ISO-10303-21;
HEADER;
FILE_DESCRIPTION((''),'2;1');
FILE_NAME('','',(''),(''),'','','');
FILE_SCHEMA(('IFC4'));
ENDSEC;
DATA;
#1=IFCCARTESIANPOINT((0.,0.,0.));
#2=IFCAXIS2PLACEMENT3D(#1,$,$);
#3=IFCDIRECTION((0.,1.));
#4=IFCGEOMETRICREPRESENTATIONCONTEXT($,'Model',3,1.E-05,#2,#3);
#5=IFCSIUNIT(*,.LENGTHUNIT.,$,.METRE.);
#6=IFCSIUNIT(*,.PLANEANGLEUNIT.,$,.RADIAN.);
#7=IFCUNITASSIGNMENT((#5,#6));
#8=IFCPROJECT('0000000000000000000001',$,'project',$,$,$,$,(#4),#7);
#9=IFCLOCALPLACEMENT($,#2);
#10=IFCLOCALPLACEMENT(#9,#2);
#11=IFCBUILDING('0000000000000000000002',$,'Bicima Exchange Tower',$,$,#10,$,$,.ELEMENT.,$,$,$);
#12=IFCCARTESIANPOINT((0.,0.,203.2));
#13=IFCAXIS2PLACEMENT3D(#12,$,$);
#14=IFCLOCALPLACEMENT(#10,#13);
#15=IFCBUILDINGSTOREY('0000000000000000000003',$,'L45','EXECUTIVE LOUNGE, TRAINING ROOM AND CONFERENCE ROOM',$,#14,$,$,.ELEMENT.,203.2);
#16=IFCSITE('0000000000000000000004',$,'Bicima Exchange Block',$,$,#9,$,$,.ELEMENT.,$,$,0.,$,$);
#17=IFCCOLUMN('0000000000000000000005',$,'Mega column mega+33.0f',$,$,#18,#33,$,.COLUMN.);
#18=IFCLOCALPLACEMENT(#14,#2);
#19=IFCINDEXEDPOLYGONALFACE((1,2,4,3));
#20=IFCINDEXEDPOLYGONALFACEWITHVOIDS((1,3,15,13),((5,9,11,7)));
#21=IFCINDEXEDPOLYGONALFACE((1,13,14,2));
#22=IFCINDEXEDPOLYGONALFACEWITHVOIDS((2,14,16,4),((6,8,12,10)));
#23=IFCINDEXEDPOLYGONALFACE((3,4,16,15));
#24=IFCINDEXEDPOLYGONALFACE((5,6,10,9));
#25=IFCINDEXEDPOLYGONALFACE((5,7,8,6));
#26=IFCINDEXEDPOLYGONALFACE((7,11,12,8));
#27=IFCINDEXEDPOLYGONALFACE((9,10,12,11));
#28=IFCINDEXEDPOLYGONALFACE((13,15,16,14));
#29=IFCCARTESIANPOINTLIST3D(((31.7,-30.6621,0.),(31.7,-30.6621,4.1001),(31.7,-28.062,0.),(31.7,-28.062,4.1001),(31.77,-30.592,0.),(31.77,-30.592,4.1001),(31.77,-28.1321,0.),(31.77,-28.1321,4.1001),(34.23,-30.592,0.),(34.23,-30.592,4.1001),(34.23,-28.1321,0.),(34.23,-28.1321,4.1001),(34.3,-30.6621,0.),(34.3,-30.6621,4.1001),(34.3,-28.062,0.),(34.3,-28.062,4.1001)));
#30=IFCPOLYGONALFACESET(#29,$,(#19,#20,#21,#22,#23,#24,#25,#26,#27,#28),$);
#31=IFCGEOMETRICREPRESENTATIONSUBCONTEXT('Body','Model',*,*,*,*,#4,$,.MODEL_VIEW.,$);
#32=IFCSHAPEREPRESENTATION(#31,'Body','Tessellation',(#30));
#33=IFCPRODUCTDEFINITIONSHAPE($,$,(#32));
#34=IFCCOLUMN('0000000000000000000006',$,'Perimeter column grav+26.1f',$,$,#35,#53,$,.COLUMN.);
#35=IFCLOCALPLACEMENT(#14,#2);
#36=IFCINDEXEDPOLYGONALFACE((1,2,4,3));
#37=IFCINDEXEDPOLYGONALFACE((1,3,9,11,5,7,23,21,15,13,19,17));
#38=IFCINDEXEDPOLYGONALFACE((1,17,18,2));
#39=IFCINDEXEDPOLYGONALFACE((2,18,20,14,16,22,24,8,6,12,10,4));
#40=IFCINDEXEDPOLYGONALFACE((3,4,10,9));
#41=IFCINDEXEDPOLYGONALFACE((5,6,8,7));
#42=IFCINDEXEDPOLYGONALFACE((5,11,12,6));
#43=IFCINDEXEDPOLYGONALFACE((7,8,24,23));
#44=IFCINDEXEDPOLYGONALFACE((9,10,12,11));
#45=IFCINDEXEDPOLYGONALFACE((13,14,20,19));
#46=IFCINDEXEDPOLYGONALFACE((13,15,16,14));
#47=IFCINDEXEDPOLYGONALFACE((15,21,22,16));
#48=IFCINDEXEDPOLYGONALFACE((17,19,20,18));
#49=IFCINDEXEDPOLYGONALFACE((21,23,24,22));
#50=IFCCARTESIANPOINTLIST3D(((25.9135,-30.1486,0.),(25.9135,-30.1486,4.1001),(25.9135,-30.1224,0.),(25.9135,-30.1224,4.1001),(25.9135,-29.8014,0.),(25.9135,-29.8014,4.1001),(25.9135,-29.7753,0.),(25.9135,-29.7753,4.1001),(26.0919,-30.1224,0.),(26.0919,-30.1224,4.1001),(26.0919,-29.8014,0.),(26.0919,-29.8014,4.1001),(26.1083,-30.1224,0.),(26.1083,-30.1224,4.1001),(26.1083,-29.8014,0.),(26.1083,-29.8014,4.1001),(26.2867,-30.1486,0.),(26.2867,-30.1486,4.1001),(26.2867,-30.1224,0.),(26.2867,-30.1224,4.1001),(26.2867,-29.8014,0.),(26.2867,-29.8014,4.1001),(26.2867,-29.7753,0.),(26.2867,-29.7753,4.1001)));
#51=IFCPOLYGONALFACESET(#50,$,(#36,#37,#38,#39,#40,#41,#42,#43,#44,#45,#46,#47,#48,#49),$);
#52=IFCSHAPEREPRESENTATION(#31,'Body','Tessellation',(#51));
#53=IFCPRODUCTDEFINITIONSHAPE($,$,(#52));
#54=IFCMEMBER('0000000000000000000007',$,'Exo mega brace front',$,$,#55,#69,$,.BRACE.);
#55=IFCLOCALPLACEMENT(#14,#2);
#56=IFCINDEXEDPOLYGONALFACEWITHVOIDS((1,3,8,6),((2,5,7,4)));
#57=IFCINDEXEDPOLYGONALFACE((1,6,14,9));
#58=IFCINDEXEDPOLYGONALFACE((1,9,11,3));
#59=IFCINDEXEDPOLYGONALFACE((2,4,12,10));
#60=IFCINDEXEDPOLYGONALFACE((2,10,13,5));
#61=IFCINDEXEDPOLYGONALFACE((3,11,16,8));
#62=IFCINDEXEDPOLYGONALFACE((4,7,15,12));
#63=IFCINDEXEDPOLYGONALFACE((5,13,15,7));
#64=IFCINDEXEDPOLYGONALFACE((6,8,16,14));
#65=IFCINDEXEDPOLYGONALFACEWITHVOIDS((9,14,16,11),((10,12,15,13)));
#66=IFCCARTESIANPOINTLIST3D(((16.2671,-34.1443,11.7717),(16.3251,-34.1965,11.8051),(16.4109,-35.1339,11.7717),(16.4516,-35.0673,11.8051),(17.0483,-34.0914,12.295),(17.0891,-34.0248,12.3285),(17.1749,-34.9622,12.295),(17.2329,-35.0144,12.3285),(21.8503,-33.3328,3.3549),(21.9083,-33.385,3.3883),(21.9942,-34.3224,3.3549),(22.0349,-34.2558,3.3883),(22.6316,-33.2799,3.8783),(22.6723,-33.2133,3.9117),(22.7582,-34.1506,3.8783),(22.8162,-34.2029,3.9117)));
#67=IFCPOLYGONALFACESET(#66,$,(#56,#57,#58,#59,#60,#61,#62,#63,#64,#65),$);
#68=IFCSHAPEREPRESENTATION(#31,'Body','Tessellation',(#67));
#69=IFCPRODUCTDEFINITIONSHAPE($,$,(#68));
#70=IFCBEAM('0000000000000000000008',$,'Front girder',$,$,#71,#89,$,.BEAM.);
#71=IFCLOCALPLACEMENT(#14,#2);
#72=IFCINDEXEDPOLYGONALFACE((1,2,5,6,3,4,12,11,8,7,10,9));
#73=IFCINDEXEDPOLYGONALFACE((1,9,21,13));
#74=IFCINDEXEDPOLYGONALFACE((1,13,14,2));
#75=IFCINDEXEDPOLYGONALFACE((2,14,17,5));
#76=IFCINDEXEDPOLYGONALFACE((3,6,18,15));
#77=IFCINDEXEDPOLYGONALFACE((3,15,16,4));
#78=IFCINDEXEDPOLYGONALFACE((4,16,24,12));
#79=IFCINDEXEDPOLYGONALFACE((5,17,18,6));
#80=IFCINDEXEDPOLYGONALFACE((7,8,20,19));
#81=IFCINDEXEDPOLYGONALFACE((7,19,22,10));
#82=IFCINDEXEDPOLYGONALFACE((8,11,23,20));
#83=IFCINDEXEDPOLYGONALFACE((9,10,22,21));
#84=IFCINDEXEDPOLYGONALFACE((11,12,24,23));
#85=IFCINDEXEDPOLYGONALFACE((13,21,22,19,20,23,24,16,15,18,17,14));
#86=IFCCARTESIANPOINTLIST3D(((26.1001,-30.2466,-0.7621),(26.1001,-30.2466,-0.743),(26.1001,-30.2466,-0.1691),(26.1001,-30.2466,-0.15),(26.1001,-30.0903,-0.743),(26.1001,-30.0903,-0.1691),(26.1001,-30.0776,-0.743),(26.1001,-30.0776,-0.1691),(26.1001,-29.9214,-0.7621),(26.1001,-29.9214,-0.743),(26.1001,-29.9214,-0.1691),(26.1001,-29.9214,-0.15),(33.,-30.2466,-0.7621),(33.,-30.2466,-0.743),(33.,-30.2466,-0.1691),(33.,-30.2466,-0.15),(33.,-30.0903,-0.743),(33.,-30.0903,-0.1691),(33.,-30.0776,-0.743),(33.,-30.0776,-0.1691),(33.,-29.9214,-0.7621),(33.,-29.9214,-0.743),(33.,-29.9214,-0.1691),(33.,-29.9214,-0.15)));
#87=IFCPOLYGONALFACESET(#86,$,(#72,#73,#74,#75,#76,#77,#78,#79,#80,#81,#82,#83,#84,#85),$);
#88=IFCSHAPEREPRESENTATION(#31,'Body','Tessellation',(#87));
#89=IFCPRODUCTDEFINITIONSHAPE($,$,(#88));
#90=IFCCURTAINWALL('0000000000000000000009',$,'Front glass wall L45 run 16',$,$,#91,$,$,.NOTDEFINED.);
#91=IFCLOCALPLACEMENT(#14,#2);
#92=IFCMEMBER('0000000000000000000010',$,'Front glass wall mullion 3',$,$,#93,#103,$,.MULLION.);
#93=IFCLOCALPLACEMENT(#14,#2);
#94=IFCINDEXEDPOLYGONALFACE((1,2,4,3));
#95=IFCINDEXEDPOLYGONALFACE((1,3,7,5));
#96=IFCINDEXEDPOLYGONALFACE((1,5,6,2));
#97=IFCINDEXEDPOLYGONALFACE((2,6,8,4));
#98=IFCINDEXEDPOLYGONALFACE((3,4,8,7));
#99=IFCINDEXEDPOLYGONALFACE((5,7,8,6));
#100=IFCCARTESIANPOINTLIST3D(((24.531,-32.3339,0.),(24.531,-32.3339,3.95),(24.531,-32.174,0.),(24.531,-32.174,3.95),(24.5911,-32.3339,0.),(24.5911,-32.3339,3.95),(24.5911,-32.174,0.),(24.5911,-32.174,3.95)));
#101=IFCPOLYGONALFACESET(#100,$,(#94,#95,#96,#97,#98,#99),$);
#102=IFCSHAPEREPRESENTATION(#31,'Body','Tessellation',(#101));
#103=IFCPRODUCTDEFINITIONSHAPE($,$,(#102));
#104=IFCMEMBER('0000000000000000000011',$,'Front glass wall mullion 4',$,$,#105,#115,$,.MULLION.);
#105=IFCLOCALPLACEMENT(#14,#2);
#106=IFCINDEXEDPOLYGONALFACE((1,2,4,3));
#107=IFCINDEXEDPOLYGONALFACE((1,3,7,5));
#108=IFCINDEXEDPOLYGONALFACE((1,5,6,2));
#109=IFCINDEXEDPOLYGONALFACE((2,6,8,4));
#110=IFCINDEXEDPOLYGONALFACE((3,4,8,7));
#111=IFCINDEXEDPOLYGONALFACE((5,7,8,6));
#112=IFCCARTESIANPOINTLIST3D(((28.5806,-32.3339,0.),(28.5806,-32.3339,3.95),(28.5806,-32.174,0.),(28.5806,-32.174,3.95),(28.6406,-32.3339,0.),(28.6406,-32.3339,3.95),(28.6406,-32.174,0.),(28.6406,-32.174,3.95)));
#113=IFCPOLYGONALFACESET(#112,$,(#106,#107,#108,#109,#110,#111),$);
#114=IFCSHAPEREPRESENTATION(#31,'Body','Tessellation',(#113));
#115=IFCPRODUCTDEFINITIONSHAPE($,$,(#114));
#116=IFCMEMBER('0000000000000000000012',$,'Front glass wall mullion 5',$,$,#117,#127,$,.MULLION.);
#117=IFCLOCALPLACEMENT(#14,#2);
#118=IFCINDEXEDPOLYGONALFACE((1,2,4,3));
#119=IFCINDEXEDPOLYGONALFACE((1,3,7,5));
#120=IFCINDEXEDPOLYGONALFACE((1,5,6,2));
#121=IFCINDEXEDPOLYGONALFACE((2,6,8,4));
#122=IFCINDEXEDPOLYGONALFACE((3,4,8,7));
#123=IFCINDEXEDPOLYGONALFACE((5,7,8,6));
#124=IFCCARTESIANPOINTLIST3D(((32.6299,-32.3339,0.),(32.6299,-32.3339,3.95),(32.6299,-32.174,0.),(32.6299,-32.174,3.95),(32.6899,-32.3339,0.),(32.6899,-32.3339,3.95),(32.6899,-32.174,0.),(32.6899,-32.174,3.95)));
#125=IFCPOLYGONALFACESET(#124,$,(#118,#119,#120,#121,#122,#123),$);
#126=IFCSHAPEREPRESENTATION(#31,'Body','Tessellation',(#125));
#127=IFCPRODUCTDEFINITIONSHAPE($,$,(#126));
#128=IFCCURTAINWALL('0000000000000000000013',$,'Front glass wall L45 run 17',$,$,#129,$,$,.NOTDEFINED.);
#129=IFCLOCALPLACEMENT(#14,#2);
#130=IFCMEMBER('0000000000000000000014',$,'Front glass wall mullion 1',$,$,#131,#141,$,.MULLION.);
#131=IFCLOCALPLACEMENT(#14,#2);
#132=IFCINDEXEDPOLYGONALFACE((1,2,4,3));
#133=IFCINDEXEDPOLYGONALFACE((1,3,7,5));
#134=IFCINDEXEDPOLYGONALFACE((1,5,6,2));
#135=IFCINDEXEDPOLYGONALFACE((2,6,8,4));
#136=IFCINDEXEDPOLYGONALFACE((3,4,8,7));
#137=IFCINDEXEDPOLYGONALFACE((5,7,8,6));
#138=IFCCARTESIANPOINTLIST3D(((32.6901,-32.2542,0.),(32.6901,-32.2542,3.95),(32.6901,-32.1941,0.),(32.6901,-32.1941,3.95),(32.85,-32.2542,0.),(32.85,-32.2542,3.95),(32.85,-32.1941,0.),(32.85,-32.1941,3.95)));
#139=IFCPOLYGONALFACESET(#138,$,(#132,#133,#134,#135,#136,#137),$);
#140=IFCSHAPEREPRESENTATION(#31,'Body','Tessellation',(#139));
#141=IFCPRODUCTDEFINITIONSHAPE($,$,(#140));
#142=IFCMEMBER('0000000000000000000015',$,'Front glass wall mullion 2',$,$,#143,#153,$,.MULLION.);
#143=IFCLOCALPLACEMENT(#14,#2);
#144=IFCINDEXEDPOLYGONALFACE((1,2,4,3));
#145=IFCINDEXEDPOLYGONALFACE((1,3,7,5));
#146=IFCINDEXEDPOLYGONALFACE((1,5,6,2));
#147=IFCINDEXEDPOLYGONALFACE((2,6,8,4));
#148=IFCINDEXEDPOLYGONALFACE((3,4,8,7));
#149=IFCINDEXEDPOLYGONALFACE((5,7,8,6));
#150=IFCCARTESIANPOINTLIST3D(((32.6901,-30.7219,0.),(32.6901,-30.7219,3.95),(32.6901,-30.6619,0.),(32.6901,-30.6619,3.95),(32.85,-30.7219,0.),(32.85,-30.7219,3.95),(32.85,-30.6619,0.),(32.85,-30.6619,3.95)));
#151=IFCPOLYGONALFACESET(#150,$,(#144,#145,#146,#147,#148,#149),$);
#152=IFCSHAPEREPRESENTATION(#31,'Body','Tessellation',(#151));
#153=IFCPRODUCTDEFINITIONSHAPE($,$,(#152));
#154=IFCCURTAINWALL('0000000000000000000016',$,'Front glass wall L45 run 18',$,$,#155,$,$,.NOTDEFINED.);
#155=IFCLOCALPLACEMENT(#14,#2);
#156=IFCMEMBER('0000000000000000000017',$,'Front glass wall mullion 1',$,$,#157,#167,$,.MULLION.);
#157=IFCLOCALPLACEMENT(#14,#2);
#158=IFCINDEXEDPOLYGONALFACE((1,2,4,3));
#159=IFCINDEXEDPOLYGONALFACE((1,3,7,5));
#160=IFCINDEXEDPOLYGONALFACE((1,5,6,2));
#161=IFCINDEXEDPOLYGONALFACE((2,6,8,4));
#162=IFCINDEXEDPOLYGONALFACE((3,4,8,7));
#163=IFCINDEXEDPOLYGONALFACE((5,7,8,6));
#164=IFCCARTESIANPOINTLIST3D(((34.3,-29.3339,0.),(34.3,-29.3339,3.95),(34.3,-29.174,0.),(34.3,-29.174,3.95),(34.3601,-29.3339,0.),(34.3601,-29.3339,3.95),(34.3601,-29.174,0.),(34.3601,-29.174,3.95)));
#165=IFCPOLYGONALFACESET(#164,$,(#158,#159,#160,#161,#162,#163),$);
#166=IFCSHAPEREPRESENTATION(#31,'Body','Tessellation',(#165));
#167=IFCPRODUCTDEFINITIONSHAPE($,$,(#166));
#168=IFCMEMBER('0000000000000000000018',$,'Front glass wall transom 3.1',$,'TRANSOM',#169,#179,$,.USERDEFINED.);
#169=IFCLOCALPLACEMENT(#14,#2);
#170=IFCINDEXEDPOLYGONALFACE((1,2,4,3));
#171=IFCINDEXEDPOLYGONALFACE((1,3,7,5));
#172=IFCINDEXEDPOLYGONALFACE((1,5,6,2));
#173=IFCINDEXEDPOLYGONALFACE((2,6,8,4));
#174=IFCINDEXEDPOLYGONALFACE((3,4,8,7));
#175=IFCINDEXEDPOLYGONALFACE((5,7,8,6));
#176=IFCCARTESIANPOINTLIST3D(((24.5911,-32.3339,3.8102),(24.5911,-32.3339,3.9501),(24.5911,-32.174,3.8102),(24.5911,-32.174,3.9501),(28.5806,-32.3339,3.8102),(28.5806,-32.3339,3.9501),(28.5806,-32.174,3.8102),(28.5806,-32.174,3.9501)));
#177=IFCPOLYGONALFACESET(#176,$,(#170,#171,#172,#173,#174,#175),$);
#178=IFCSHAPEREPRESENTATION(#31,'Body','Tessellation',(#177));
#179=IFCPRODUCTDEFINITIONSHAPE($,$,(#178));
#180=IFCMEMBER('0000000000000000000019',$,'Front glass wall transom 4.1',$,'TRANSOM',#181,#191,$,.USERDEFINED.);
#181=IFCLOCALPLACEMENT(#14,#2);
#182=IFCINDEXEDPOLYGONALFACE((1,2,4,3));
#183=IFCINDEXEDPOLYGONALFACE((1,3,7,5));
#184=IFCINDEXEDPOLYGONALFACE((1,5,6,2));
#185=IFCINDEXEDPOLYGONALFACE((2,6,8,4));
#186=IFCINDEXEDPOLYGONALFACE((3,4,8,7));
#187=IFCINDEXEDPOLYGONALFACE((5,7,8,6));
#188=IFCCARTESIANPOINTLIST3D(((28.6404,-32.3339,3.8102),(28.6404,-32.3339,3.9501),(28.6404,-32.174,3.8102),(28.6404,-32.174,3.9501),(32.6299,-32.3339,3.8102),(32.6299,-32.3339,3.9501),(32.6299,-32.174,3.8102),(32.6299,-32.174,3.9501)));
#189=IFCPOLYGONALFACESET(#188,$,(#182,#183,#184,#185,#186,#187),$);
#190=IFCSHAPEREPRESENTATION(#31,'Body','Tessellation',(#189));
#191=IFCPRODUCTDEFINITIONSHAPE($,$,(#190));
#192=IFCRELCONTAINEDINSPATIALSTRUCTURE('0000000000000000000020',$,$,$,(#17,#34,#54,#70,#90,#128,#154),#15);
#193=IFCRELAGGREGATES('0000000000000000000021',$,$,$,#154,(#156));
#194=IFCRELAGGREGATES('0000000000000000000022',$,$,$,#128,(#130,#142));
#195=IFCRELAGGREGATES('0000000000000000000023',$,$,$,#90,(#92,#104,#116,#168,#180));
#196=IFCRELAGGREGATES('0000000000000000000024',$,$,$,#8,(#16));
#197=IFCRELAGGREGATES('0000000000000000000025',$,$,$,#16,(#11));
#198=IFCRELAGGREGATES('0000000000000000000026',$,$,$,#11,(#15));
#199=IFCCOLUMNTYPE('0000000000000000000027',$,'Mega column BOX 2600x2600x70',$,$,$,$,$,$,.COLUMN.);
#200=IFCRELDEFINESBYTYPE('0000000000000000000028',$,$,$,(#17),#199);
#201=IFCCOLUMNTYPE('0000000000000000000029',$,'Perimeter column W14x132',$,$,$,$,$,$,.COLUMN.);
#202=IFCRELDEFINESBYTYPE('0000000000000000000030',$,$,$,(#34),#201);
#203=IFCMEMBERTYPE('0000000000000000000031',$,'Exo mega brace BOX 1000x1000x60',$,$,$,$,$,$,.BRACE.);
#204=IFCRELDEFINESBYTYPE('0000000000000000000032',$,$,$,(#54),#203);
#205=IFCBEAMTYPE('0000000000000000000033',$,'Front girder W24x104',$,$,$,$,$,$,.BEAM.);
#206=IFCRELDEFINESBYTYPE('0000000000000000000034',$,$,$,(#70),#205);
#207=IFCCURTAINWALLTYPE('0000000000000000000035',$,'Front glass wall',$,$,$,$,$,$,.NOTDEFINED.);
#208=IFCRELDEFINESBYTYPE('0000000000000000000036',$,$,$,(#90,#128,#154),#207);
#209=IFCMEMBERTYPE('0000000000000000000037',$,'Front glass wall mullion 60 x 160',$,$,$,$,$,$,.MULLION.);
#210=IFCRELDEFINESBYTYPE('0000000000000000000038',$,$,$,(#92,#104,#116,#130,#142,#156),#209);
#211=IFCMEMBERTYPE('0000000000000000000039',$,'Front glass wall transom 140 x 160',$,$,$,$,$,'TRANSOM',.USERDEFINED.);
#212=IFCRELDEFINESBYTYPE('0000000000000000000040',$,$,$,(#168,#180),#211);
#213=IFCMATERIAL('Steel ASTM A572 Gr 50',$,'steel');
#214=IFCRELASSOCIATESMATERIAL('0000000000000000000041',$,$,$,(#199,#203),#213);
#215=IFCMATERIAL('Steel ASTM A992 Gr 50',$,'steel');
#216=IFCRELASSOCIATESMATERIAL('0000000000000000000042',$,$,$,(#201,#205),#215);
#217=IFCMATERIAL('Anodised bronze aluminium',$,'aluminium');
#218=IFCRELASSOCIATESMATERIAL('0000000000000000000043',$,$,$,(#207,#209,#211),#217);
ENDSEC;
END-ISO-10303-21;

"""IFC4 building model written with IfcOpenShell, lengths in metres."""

from ifc_helpers import new_model, si_unit, direction, frame, origin, origin_2d, place, context, subcontext, project, spatial, rectangle, hollow_rectangle, i_section, extrude, material, material_profile, profile_set, type_object, element, aggregate, save


model = new_model("IFC4")

# Units and contexts
model_context = context("Model", 3, precision=1e-05, world=origin(), true_north=direction((0.0, 1.0)))
body_context = subcontext(model_context, "Body", "Model", "MODEL_VIEW")
ifc_project = project(units=[si_unit("LENGTHUNIT", "METRE"), si_unit("PLANEANGLEUNIT", "RADIAN")], contexts=[model_context])

# Site, building, storey
site_placement = place(None, origin())
site = spatial("IfcSite", under=ifc_project, at=site_placement, Name="Bicima Exchange Block", CompositionType="ELEMENT", RefElevation=0.0)
building_placement = place(site_placement, origin())
building = spatial("IfcBuilding", under=site, at=building_placement, Name="Bicima Exchange Tower", CompositionType="ELEMENT")
storey_placement = place(building_placement, frame((0.0, 0.0, 203.2)))
storey = spatial("IfcBuildingStorey", under=building, at=storey_placement, Name="L45", Description="EXECUTIVE LOUNGE, TRAINING ROOM AND CONFERENCE ROOM", CompositionType="ELEMENT", Elevation=203.2)

# Columns
ifc_material_1 = material(Name="Steel ASTM A572 Gr 50", Category="steel")
ifc_material_profile_1 = material_profile(ifc_material_1, hollow_rectangle(XDim=2.6001, YDim=2.6001, WallThickness=0.0701, at=origin_2d()))
ifc_profile_set_1 = profile_set([ifc_material_profile_1], Name="Steel ASTM A572 Gr 50")
column_type_1 = type_object("IfcColumnType", Name="Mega column BOX 2600x2600x70", PredefinedType="COLUMN", material=ifc_profile_set_1)
column_1_placement = place(storey_placement, frame((33.0, -29.3621, 0.0), z_axis=(0.0, 0.0, 1.0), x_axis=(1.0, 0.0, 0.0)))
element("IfcColumn", 1, at=column_1_placement, inside=storey, type_object=column_type_1, Name="Mega column mega+33.0f", PredefinedType="COLUMN", context=body_context, shape_type="SweptSolid", body=[
    extrude(hollow_rectangle(XDim=2.6001, YDim=2.6001, WallThickness=0.0701, at=origin_2d()), origin(), (0.0, 0.0, 1.0), 4.1001),
])
ifc_material_2 = material(Name="Steel ASTM A992 Gr 50", Category="steel")
ifc_material_profile_2 = material_profile(ifc_material_2, i_section(OverallWidth=0.3733, OverallDepth=0.3733, WebThickness=0.0164, FlangeThickness=0.0261, at=origin_2d()))
ifc_profile_set_2 = profile_set([ifc_material_profile_2], Name="Steel ASTM A992 Gr 50")
column_type_2 = type_object("IfcColumnType", Name="Perimeter column W14x132", PredefinedType="COLUMN", material=ifc_profile_set_2)
column_2_placement = place(storey_placement, frame((26.1001, -29.9619, 0.0), z_axis=(0.0, 0.0, 1.0), x_axis=(1.0, 0.0, 0.0)))
element("IfcColumn", 2, at=column_2_placement, inside=storey, type_object=column_type_2, Name="Perimeter column grav+26.1f", PredefinedType="COLUMN", context=body_context, shape_type="SweptSolid", body=[
    extrude(i_section(OverallWidth=0.3733, OverallDepth=0.3733, WebThickness=0.0164, FlangeThickness=0.0261, at=origin_2d()), origin(), (0.0, 0.0, 1.0), 4.1001),
])

# Member
ifc_material_profile_3 = material_profile(ifc_material_1, hollow_rectangle(XDim=1.0, YDim=1.0, WallThickness=0.0601, at=origin_2d()))
ifc_profile_set_3 = profile_set([ifc_material_profile_3], Name="Steel ASTM A572 Gr 50")
member_type_1 = type_object("IfcMemberType", Name="Exo mega brace BOX 1000x1000x60", PredefinedType="BRACE", material=ifc_profile_set_3)
member_1_placement = place(storey_placement, frame((22.3333, -33.7678, 3.6333), z_axis=(-0.55101, -0.080089, 0.830647), x_axis=(0.143838, -0.989601, 0.0)))
element("IfcMember", 3, at=member_1_placement, inside=storey, type_object=member_type_1, Name="Exo mega brace front", PredefinedType="BRACE", context=body_context, shape_type="SweptSolid", body=[
    extrude(hollow_rectangle(XDim=1.0, YDim=1.0, WallThickness=0.0601, at=origin_2d()), origin(), (0.0, 0.0, 1.0), 10.1328),
])

# Beam
ifc_material_profile_4 = material_profile(ifc_material_2, i_section(OverallWidth=0.3252, OverallDepth=0.6121, WebThickness=0.0127, FlangeThickness=0.019, at=origin_2d()))
ifc_profile_set_4 = profile_set([ifc_material_profile_4], Name="Steel ASTM A992 Gr 50")
beam_type = type_object("IfcBeamType", Name="Front girder W24x104", PredefinedType="BEAM", material=ifc_profile_set_4)
beam_placement = place(storey_placement, frame((26.1001, -30.084, -0.4561), z_axis=(1.0, 0.0, 0.0), x_axis=(0.0, 1.0, 0.0)))
element("IfcBeam", 4, at=beam_placement, inside=storey, type_object=beam_type, Name="Front girder", PredefinedType="BEAM", context=body_context, shape_type="SweptSolid", body=[
    extrude(i_section(OverallWidth=0.3252, OverallDepth=0.6121, WebThickness=0.0127, FlangeThickness=0.019, at=origin_2d()), origin(), (0.0, 0.0, 1.0), 6.8999),
])

# Curtain walls, members
ifc_material_3 = material(Name="Anodised bronze aluminium", Category="aluminium")
curtain_wall_type = type_object("IfcCurtainWallType", Name="Front glass wall", PredefinedType="NOTDEFINED", material=ifc_material_3)
curtain_wall_1_placement = place(storey_placement, origin())
curtain_wall_1 = element("IfcCurtainWall", 5, at=curtain_wall_1_placement, inside=storey, type_object=curtain_wall_type, Name="Front glass wall L45 run 16", PredefinedType="NOTDEFINED")
ifc_material_profile_5 = material_profile(ifc_material_3, rectangle(XDim=0.1599, YDim=0.0601, at=origin_2d()))
ifc_profile_set_5 = profile_set([ifc_material_profile_5], Name="Anodised bronze aluminium")
member_type_2 = type_object("IfcMemberType", Name="Front glass wall mullion 60 x 160", PredefinedType="MULLION", material=ifc_profile_set_5)
member_2_placement = place(storey_placement, frame((24.561, -32.2539, 0.0), z_axis=(0.0, 0.0, 1.0), x_axis=(0.0, 1.0, 0.0)))
member_2 = element("IfcMember", 6, at=member_2_placement, type_object=member_type_2, Name="Front glass wall mullion 3", PredefinedType="MULLION", context=body_context, shape_type="SweptSolid", body=[
    extrude(rectangle(XDim=0.1599, YDim=0.0601, at=origin_2d()), origin(), (0.0, 0.0, 1.0), 3.95),
])
member_3_placement = place(storey_placement, frame((28.6106, -32.2539, 0.0), z_axis=(0.0, 0.0, 1.0), x_axis=(0.0, 1.0, 0.0)))
member_3 = element("IfcMember", 7, at=member_3_placement, type_object=member_type_2, Name="Front glass wall mullion 4", PredefinedType="MULLION", context=body_context, shape_type="SweptSolid", body=[
    extrude(rectangle(XDim=0.1599, YDim=0.0601, at=origin_2d()), origin(), (0.0, 0.0, 1.0), 3.95),
])
member_4_placement = place(storey_placement, frame((32.6599, -32.2539, 0.0), z_axis=(0.0, 0.0, 1.0), x_axis=(0.0, 1.0, 0.0)))
member_4 = element("IfcMember", 8, at=member_4_placement, type_object=member_type_2, Name="Front glass wall mullion 5", PredefinedType="MULLION", context=body_context, shape_type="SweptSolid", body=[
    extrude(rectangle(XDim=0.1599, YDim=0.0601, at=origin_2d()), origin(), (0.0, 0.0, 1.0), 3.95),
])
curtain_wall_2_placement = place(storey_placement, origin())
curtain_wall_2 = element("IfcCurtainWall", 9, at=curtain_wall_2_placement, inside=storey, type_object=curtain_wall_type, Name="Front glass wall L45 run 17", PredefinedType="NOTDEFINED")
member_5_placement = place(storey_placement, frame((32.77, -32.2241, 0.0), z_axis=(0.0, 0.0, 1.0), x_axis=(-1.0, 0.0, 0.0)))
member_5 = element("IfcMember", 10, at=member_5_placement, type_object=member_type_2, Name="Front glass wall mullion 1", PredefinedType="MULLION", context=body_context, shape_type="SweptSolid", body=[
    extrude(rectangle(XDim=0.1599, YDim=0.0601, at=origin_2d()), origin(), (0.0, 0.0, 1.0), 3.95),
])
member_6_placement = place(storey_placement, frame((32.77, -30.6919, 0.0), z_axis=(0.0, 0.0, 1.0), x_axis=(-1.0, 0.0, 0.0)))
member_6 = element("IfcMember", 11, at=member_6_placement, type_object=member_type_2, Name="Front glass wall mullion 2", PredefinedType="MULLION", context=body_context, shape_type="SweptSolid", body=[
    extrude(rectangle(XDim=0.1599, YDim=0.0601, at=origin_2d()), origin(), (0.0, 0.0, 1.0), 3.95),
])

# Curtain wall, member
curtain_wall_3_placement = place(storey_placement, origin())
curtain_wall_3 = element("IfcCurtainWall", 12, at=curtain_wall_3_placement, inside=storey, type_object=curtain_wall_type, Name="Front glass wall L45 run 18", PredefinedType="NOTDEFINED")
member_7_placement = place(storey_placement, frame((34.3301, -29.2539, 0.0), z_axis=(0.0, 0.0, 1.0), x_axis=(0.0, 1.0, 0.0)))
member_7 = element("IfcMember", 13, at=member_7_placement, type_object=member_type_2, Name="Front glass wall mullion 1", PredefinedType="MULLION", context=body_context, shape_type="SweptSolid", body=[
    extrude(rectangle(XDim=0.1599, YDim=0.0601, at=origin_2d()), origin(), (0.0, 0.0, 1.0), 3.95),
])

# Members
ifc_material_profile_6 = material_profile(ifc_material_3, rectangle(XDim=0.1599, YDim=0.1399, at=origin_2d()))
ifc_profile_set_6 = profile_set([ifc_material_profile_6], Name="Anodised bronze aluminium")
member_type_3 = type_object("IfcMemberType", Name="Front glass wall transom 140 x 160", ElementType="TRANSOM", PredefinedType="USERDEFINED", material=ifc_profile_set_6)
member_8_placement = place(storey_placement, frame((24.5911, -32.2539, 3.8801), z_axis=(1.0, 0.0, 0.0), x_axis=(0.0, 1.0, 0.0)))
member_8 = element("IfcMember", 14, at=member_8_placement, type_object=member_type_3, Name="Front glass wall transom 3.1", ObjectType="TRANSOM", PredefinedType="USERDEFINED", context=body_context, shape_type="SweptSolid", body=[
    extrude(rectangle(XDim=0.1599, YDim=0.1399, at=origin_2d()), origin(), (0.0, 0.0, 1.0), 3.9895),
])
member_9_placement = place(storey_placement, frame((28.6404, -32.2539, 3.8801), z_axis=(1.0, 0.0, 0.0), x_axis=(0.0, 1.0, 0.0)))
member_9 = element("IfcMember", 15, at=member_9_placement, type_object=member_type_3, Name="Front glass wall transom 4.1", ObjectType="TRANSOM", PredefinedType="USERDEFINED", context=body_context, shape_type="SweptSolid", body=[
    extrude(rectangle(XDim=0.1599, YDim=0.1399, at=origin_2d()), origin(), (0.0, 0.0, 1.0), 3.9895),
])
aggregate(curtain_wall_3, [member_7])

aggregate(curtain_wall_2, [member_5, member_6])
aggregate(curtain_wall_1, [member_2, member_3, member_4, member_8, member_9])

save(model, "model.ifc")
